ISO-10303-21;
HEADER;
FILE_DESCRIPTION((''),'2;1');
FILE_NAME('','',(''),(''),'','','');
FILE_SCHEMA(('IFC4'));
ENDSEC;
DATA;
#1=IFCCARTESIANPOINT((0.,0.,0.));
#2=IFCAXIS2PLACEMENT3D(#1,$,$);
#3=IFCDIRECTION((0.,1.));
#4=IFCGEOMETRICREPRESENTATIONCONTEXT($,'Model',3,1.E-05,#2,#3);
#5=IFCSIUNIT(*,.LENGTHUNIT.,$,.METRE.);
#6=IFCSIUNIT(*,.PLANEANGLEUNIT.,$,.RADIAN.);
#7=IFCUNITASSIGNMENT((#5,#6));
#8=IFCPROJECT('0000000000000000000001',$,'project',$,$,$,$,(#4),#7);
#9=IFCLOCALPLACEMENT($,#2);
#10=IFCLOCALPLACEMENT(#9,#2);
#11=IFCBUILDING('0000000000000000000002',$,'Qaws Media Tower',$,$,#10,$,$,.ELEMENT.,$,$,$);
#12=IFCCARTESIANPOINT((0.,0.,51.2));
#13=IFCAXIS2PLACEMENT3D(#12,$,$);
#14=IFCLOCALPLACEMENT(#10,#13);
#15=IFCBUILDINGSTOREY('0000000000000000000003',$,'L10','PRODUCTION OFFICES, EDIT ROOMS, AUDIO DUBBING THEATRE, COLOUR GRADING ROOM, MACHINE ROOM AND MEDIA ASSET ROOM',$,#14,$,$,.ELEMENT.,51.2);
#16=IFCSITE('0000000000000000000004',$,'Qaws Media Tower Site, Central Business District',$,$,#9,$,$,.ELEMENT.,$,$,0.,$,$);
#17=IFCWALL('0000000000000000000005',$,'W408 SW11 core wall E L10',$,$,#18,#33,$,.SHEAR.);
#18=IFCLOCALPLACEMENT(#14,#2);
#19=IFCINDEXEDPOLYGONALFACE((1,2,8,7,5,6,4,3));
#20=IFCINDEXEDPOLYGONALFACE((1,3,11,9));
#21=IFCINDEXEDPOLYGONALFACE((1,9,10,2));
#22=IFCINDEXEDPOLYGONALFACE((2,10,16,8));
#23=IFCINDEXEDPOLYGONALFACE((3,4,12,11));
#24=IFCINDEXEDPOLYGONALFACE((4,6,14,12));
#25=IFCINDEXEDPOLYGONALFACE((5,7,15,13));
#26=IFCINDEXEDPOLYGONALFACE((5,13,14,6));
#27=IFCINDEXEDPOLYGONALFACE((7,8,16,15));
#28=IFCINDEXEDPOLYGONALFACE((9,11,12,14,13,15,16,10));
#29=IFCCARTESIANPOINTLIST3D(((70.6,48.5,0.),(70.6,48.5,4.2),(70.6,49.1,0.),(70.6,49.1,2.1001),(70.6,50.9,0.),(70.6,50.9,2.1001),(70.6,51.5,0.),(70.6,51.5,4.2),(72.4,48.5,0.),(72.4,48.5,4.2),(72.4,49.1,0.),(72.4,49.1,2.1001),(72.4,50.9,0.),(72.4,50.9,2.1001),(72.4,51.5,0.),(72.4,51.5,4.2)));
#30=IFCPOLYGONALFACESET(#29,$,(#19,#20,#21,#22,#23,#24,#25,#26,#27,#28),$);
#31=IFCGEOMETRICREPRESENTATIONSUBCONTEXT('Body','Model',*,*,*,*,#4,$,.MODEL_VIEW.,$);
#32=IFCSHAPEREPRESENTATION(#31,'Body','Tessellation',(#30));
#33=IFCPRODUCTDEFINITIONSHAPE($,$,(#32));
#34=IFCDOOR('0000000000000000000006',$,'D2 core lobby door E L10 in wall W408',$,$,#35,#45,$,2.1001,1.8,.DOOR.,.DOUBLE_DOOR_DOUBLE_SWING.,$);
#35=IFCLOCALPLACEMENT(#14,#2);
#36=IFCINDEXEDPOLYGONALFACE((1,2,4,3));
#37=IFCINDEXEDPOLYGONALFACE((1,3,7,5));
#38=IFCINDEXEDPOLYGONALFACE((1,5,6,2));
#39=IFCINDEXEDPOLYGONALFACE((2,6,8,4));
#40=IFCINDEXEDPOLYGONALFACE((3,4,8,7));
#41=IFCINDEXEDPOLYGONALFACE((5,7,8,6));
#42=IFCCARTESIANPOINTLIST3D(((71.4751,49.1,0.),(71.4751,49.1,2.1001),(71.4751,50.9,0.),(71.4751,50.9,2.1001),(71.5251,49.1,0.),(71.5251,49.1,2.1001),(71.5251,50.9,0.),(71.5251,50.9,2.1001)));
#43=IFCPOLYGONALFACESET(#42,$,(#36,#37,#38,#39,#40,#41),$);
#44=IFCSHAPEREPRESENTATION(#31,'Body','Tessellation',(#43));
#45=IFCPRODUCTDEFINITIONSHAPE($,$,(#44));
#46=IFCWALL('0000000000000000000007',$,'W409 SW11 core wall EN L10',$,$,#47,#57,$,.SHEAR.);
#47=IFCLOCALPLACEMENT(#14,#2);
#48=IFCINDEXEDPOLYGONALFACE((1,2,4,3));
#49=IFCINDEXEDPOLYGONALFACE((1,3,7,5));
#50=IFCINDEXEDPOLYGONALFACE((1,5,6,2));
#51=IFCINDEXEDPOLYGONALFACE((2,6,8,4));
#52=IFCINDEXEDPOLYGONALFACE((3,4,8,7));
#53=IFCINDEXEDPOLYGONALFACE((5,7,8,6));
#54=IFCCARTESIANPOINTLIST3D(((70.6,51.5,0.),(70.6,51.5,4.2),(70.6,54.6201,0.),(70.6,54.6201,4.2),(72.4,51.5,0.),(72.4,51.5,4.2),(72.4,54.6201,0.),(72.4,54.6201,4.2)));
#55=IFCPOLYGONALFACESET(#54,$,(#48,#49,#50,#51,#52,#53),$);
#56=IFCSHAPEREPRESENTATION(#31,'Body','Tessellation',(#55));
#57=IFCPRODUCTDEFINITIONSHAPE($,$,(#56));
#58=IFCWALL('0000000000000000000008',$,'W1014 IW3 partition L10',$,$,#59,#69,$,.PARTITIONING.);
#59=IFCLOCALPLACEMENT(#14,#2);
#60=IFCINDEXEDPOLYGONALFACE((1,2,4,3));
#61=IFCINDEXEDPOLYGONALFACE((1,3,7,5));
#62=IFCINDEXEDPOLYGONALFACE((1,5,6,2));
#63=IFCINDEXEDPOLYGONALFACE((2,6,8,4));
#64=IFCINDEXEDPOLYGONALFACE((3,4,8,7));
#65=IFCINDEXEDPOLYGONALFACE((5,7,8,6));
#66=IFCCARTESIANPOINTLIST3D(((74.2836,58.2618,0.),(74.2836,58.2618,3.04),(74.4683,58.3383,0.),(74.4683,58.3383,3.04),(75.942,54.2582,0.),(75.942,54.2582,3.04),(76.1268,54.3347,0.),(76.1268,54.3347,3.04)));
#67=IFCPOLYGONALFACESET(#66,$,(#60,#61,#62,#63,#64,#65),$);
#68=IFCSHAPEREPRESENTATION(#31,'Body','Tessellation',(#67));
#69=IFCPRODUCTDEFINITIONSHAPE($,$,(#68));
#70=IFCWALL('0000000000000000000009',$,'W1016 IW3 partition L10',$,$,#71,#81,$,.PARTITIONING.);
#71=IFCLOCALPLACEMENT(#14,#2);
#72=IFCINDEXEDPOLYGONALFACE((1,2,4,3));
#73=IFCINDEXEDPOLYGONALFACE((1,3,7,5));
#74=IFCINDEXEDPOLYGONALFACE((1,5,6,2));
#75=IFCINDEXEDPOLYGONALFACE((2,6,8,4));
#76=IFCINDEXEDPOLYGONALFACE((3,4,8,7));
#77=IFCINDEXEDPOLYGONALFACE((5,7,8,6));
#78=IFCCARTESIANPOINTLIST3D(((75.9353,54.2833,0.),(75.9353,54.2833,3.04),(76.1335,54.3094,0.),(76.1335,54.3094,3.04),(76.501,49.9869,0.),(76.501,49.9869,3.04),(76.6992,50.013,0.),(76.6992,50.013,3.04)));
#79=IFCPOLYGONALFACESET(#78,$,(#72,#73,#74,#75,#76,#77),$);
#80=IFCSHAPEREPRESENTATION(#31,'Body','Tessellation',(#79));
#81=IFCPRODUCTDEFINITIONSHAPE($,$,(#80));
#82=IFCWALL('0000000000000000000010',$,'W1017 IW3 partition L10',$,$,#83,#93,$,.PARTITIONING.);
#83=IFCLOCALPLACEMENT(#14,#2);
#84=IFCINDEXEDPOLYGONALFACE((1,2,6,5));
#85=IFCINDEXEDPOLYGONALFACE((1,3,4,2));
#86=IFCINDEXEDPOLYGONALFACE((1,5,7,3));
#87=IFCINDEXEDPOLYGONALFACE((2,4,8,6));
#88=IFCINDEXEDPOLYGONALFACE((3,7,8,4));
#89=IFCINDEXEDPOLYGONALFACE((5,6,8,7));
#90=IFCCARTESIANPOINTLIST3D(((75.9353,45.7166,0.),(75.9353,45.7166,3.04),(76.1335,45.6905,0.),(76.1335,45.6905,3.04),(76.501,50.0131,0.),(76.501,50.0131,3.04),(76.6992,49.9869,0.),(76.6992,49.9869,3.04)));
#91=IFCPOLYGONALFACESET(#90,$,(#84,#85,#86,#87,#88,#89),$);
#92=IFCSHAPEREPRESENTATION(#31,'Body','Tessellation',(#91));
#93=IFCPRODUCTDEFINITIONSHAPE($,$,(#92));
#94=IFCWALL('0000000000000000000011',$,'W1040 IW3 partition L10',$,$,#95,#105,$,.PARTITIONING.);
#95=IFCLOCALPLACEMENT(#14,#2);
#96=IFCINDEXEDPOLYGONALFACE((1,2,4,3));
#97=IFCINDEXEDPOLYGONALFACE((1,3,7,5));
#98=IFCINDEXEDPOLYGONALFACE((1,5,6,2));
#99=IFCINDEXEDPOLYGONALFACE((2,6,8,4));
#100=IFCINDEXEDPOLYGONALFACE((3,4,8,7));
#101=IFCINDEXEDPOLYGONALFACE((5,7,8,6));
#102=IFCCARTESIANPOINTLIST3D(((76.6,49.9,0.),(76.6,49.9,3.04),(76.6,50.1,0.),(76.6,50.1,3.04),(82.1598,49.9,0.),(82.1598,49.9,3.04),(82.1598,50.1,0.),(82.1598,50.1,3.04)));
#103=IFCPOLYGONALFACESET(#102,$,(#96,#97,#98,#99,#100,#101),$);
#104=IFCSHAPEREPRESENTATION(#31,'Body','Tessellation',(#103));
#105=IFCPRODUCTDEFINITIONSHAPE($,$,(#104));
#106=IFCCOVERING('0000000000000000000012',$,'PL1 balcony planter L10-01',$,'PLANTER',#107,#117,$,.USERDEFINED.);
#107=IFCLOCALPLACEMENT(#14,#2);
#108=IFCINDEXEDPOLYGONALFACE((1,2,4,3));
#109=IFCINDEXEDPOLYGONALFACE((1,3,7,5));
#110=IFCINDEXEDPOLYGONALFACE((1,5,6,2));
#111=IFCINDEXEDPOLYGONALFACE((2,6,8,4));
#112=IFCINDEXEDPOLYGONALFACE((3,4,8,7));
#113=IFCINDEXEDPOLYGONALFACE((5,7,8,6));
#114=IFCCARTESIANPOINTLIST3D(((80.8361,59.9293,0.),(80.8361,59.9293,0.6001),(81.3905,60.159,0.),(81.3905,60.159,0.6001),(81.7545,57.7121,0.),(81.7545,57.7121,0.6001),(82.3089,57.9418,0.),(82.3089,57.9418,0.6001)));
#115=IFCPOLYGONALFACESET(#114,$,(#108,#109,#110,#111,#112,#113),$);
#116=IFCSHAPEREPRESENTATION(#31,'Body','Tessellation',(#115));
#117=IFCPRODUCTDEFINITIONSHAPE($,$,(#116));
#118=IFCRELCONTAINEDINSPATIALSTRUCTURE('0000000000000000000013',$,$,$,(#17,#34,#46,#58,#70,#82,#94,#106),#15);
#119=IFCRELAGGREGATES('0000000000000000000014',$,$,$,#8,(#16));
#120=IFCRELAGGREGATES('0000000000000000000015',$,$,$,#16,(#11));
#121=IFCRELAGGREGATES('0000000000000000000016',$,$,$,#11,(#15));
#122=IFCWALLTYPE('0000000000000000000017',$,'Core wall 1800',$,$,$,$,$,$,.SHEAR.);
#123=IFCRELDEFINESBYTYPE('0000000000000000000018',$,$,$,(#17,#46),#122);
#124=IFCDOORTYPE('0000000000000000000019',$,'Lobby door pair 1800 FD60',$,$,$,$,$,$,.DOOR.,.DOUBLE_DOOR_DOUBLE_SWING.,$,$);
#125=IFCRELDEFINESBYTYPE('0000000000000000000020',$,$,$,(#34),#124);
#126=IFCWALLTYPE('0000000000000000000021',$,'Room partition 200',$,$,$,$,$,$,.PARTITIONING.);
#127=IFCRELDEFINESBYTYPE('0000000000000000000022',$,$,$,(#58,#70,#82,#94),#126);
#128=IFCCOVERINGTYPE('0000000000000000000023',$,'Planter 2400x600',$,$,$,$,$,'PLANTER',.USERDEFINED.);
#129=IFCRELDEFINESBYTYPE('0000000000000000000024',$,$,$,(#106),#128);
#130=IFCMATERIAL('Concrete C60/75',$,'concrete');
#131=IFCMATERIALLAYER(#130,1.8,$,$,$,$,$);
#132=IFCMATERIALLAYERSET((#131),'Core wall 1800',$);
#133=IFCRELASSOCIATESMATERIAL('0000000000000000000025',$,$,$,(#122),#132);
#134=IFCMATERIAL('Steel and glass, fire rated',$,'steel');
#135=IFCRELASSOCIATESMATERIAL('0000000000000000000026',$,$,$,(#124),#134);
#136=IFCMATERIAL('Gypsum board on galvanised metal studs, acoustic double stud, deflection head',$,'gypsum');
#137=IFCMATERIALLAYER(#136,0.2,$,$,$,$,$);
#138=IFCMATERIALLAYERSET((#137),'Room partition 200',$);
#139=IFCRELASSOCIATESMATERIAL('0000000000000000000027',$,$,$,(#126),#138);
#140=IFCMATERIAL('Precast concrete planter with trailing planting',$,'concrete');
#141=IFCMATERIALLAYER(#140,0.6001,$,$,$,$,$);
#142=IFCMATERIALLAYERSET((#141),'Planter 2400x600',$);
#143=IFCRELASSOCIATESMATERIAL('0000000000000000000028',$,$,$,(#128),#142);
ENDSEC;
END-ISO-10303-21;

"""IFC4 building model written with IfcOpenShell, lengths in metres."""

from ifc_helpers import new_model, si_unit, direction, frame, frame_2d, origin, origin_2d, place, context, subcontext, project, spatial, rectangle, extrude, material, layer, layer_set, type_object, element, fill, save


model = new_model("IFC4")

# Units and contexts
model_context = context("Model", 3, precision=1e-05, world=origin(), true_north=direction((0.0, 1.0)))
body_context = subcontext(model_context, "Body", "Model", "MODEL_VIEW")
ifc_project = project(units=[si_unit("LENGTHUNIT", "METRE"), si_unit("PLANEANGLEUNIT", "RADIAN")], contexts=[model_context])

# Site, building, storey
site_placement = place(None, origin())
site = spatial("IfcSite", under=ifc_project, at=site_placement, Name="Qaws Media Tower Site, Central Business District", CompositionType="ELEMENT", RefElevation=0.0)
building_placement = place(site_placement, origin())
building = spatial("IfcBuilding", under=site, at=building_placement, Name="Qaws Media Tower", CompositionType="ELEMENT")
storey_placement = place(building_placement, frame((0.0, 0.0, 51.2)))
storey = spatial("IfcBuildingStorey", under=building, at=storey_placement, Name="L10", Description="PRODUCTION OFFICES, EDIT ROOMS, AUDIO DUBBING THEATRE, COLOUR GRADING ROOM, MACHINE ROOM AND MEDIA ASSET ROOM", CompositionType="ELEMENT", Elevation=51.2)

# Wall, opening, door
ifc_material_1 = material(Name="Concrete C60/75", Category="concrete")
ifc_layer_1 = layer(ifc_material_1, 1.8)
ifc_layer_set_1 = layer_set([ifc_layer_1], Name="Core wall 1800")
wall_type_1 = type_object("IfcWallType", Name="Core wall 1800", PredefinedType="SHEAR", material=ifc_layer_set_1)
wall_1_placement = place(storey_placement, frame((71.5, 48.5, 0.0), z_axis=(0.0, 0.0, 1.0), x_axis=(0.0, 1.0, 0.0)))
wall_1 = element("IfcWall", 1, at=wall_1_placement, inside=storey, type_object=wall_type_1, Name="W408 SW11 core wall E L10", PredefinedType="SHEAR", context=body_context, shape_type="SweptSolid", body=[
    extrude(rectangle(XDim=3.0, YDim=1.8, at=frame_2d((1.5, 0.0))), origin(), (0.0, 0.0, 1.0), 4.2),
])
opening_1_placement = place(wall_1_placement, frame((0.6001, 0.0, 0.0)))
opening_1 = element("IfcOpeningElement", 2, at=opening_1_placement, cuts=wall_1, PredefinedType="OPENING", context=body_context, shape_type="SweptSolid", body=[
    extrude(rectangle(XDim=1.8, YDim=2.1001, at=frame_2d((0.8999, 1.05))), frame((0.0, 0.9099, 0.0), z_axis=(0.0, -1.0, 0.0), x_axis=(1.0, 0.0, 0.0)), (0.0, 0.0, 1.0), 1.8201),
])
ifc_material_2 = material(Name="Steel and glass, fire rated", Category="steel")
door_type_1 = type_object("IfcDoorType", Name="Lobby door pair 1800 FD60", OperationType="DOUBLE_DOOR_DOUBLE_SWING", PredefinedType="DOOR", material=ifc_material_2)
door_1_placement = place(opening_1_placement, origin())
door_1 = element("IfcDoor", 3, at=door_1_placement, inside=storey, type_object=door_type_1, Name="D2 core lobby door E L10 in wall W408", OperationType="DOUBLE_DOOR_DOUBLE_SWING", OverallHeight=2.1001, OverallWidth=1.8, PredefinedType="DOOR", context=body_context, shape_type="SweptSolid", body=[
    extrude(rectangle(XDim=1.8, YDim=2.1001, at=frame_2d((0.8999, 1.05))), frame((0.0, 0.0249, 0.0), z_axis=(0.0, -1.0, 0.0), x_axis=(1.0, 0.0, 0.0)), (0.0, 0.0, 1.0), 0.05),
])
fill(opening_1, door_1)

# Walls
wall_2_placement = place(storey_placement, frame((71.5, 51.5, 0.0), z_axis=(0.0, 0.0, 1.0), x_axis=(0.0, 1.0, 0.0)))
element("IfcWall", 4, at=wall_2_placement, inside=storey, type_object=wall_type_1, Name="W409 SW11 core wall EN L10", PredefinedType="SHEAR", context=body_context, shape_type="SweptSolid", body=[
    extrude(rectangle(XDim=3.1201, YDim=1.8, at=frame_2d((1.5601, 0.0))), origin(), (0.0, 0.0, 1.0), 4.2),
])
ifc_material_3 = material(Name="Gypsum board on galvanised metal studs, acoustic double stud, deflection head", Category="gypsum")
ifc_layer_2 = layer(ifc_material_3, 0.2)
ifc_layer_set_2 = layer_set([ifc_layer_2], Name="Room partition 200")
wall_type_2 = type_object("IfcWallType", Name="Room partition 200", PredefinedType="PARTITIONING", material=ifc_layer_set_2)
for number, where, z_axis, x_axis, name in (
    (5, (74.376, 58.3, 0.0), (0.0, 0.0, 1.0), (0.382698, -0.923873, 0.0), "W1014 IW3 partition L10"),
    (6, (76.0344, 54.2964, 0.0), (0.0, 0.0, 1.0), (0.130536, -0.991444, 0.0), "W1016 IW3 partition L10"),
    (7, (76.6001, 50.0, 0.0), (0.0, 0.0, 1.0), (-0.130536, -0.991444, 0.0), "W1017 IW3 partition L10"),
):
    element("IfcWall", number, at=place(storey_placement, frame(where, z_axis=z_axis, x_axis=x_axis)), inside=storey, type_object=wall_type_2, Name=name, PredefinedType="PARTITIONING", context=body_context, shape_type="SweptSolid", body=[
        extrude(rectangle(XDim=4.3335, YDim=0.2, at=frame_2d((2.1667, 0.0))), origin(), (0.0, 0.0, 1.0), 3.04),
    ])
wall_3_placement = place(storey_placement, frame((76.6001, 50.0, 0.0), z_axis=(0.0, 0.0, 1.0), x_axis=(1.0, 0.0, 0.0)))
element("IfcWall", 8, at=wall_3_placement, inside=storey, type_object=wall_type_2, Name="W1040 IW3 partition L10", PredefinedType="PARTITIONING", context=body_context, shape_type="SweptSolid", body=[
    extrude(rectangle(XDim=5.5598, YDim=0.2, at=frame_2d((2.7798, 0.0))), origin(), (0.0, 0.0, 1.0), 3.04),
])

# Covering
ifc_material_4 = material(Name="Precast concrete planter with trailing planting", Category="concrete")
ifc_layer_3 = layer(ifc_material_4, 0.6001)
ifc_layer_set_3 = layer_set([ifc_layer_3], Name="Planter 2400x600")
covering_type = type_object("IfcCoveringType", Name="Planter 2400x600", ElementType="PLANTER", PredefinedType="USERDEFINED", material=ifc_layer_set_3)
covering_placement = place(storey_placement, frame((81.5725, 58.9355, 0.0), z_axis=(0.0, 0.0, 1.0), x_axis=(-0.382683, 0.92388, 0.0)))
element("IfcCovering", 9, at=covering_placement, inside=storey, type_object=covering_type, Name="PL1 balcony planter L10-01", ObjectType="PLANTER", PredefinedType="USERDEFINED", context=body_context, shape_type="SweptSolid", body=[
    extrude(rectangle(XDim=2.3999, YDim=0.6001, at=origin_2d()), origin(), (0.0, 0.0, 1.0), 0.6001),
])

save(model, "model.ifc")
